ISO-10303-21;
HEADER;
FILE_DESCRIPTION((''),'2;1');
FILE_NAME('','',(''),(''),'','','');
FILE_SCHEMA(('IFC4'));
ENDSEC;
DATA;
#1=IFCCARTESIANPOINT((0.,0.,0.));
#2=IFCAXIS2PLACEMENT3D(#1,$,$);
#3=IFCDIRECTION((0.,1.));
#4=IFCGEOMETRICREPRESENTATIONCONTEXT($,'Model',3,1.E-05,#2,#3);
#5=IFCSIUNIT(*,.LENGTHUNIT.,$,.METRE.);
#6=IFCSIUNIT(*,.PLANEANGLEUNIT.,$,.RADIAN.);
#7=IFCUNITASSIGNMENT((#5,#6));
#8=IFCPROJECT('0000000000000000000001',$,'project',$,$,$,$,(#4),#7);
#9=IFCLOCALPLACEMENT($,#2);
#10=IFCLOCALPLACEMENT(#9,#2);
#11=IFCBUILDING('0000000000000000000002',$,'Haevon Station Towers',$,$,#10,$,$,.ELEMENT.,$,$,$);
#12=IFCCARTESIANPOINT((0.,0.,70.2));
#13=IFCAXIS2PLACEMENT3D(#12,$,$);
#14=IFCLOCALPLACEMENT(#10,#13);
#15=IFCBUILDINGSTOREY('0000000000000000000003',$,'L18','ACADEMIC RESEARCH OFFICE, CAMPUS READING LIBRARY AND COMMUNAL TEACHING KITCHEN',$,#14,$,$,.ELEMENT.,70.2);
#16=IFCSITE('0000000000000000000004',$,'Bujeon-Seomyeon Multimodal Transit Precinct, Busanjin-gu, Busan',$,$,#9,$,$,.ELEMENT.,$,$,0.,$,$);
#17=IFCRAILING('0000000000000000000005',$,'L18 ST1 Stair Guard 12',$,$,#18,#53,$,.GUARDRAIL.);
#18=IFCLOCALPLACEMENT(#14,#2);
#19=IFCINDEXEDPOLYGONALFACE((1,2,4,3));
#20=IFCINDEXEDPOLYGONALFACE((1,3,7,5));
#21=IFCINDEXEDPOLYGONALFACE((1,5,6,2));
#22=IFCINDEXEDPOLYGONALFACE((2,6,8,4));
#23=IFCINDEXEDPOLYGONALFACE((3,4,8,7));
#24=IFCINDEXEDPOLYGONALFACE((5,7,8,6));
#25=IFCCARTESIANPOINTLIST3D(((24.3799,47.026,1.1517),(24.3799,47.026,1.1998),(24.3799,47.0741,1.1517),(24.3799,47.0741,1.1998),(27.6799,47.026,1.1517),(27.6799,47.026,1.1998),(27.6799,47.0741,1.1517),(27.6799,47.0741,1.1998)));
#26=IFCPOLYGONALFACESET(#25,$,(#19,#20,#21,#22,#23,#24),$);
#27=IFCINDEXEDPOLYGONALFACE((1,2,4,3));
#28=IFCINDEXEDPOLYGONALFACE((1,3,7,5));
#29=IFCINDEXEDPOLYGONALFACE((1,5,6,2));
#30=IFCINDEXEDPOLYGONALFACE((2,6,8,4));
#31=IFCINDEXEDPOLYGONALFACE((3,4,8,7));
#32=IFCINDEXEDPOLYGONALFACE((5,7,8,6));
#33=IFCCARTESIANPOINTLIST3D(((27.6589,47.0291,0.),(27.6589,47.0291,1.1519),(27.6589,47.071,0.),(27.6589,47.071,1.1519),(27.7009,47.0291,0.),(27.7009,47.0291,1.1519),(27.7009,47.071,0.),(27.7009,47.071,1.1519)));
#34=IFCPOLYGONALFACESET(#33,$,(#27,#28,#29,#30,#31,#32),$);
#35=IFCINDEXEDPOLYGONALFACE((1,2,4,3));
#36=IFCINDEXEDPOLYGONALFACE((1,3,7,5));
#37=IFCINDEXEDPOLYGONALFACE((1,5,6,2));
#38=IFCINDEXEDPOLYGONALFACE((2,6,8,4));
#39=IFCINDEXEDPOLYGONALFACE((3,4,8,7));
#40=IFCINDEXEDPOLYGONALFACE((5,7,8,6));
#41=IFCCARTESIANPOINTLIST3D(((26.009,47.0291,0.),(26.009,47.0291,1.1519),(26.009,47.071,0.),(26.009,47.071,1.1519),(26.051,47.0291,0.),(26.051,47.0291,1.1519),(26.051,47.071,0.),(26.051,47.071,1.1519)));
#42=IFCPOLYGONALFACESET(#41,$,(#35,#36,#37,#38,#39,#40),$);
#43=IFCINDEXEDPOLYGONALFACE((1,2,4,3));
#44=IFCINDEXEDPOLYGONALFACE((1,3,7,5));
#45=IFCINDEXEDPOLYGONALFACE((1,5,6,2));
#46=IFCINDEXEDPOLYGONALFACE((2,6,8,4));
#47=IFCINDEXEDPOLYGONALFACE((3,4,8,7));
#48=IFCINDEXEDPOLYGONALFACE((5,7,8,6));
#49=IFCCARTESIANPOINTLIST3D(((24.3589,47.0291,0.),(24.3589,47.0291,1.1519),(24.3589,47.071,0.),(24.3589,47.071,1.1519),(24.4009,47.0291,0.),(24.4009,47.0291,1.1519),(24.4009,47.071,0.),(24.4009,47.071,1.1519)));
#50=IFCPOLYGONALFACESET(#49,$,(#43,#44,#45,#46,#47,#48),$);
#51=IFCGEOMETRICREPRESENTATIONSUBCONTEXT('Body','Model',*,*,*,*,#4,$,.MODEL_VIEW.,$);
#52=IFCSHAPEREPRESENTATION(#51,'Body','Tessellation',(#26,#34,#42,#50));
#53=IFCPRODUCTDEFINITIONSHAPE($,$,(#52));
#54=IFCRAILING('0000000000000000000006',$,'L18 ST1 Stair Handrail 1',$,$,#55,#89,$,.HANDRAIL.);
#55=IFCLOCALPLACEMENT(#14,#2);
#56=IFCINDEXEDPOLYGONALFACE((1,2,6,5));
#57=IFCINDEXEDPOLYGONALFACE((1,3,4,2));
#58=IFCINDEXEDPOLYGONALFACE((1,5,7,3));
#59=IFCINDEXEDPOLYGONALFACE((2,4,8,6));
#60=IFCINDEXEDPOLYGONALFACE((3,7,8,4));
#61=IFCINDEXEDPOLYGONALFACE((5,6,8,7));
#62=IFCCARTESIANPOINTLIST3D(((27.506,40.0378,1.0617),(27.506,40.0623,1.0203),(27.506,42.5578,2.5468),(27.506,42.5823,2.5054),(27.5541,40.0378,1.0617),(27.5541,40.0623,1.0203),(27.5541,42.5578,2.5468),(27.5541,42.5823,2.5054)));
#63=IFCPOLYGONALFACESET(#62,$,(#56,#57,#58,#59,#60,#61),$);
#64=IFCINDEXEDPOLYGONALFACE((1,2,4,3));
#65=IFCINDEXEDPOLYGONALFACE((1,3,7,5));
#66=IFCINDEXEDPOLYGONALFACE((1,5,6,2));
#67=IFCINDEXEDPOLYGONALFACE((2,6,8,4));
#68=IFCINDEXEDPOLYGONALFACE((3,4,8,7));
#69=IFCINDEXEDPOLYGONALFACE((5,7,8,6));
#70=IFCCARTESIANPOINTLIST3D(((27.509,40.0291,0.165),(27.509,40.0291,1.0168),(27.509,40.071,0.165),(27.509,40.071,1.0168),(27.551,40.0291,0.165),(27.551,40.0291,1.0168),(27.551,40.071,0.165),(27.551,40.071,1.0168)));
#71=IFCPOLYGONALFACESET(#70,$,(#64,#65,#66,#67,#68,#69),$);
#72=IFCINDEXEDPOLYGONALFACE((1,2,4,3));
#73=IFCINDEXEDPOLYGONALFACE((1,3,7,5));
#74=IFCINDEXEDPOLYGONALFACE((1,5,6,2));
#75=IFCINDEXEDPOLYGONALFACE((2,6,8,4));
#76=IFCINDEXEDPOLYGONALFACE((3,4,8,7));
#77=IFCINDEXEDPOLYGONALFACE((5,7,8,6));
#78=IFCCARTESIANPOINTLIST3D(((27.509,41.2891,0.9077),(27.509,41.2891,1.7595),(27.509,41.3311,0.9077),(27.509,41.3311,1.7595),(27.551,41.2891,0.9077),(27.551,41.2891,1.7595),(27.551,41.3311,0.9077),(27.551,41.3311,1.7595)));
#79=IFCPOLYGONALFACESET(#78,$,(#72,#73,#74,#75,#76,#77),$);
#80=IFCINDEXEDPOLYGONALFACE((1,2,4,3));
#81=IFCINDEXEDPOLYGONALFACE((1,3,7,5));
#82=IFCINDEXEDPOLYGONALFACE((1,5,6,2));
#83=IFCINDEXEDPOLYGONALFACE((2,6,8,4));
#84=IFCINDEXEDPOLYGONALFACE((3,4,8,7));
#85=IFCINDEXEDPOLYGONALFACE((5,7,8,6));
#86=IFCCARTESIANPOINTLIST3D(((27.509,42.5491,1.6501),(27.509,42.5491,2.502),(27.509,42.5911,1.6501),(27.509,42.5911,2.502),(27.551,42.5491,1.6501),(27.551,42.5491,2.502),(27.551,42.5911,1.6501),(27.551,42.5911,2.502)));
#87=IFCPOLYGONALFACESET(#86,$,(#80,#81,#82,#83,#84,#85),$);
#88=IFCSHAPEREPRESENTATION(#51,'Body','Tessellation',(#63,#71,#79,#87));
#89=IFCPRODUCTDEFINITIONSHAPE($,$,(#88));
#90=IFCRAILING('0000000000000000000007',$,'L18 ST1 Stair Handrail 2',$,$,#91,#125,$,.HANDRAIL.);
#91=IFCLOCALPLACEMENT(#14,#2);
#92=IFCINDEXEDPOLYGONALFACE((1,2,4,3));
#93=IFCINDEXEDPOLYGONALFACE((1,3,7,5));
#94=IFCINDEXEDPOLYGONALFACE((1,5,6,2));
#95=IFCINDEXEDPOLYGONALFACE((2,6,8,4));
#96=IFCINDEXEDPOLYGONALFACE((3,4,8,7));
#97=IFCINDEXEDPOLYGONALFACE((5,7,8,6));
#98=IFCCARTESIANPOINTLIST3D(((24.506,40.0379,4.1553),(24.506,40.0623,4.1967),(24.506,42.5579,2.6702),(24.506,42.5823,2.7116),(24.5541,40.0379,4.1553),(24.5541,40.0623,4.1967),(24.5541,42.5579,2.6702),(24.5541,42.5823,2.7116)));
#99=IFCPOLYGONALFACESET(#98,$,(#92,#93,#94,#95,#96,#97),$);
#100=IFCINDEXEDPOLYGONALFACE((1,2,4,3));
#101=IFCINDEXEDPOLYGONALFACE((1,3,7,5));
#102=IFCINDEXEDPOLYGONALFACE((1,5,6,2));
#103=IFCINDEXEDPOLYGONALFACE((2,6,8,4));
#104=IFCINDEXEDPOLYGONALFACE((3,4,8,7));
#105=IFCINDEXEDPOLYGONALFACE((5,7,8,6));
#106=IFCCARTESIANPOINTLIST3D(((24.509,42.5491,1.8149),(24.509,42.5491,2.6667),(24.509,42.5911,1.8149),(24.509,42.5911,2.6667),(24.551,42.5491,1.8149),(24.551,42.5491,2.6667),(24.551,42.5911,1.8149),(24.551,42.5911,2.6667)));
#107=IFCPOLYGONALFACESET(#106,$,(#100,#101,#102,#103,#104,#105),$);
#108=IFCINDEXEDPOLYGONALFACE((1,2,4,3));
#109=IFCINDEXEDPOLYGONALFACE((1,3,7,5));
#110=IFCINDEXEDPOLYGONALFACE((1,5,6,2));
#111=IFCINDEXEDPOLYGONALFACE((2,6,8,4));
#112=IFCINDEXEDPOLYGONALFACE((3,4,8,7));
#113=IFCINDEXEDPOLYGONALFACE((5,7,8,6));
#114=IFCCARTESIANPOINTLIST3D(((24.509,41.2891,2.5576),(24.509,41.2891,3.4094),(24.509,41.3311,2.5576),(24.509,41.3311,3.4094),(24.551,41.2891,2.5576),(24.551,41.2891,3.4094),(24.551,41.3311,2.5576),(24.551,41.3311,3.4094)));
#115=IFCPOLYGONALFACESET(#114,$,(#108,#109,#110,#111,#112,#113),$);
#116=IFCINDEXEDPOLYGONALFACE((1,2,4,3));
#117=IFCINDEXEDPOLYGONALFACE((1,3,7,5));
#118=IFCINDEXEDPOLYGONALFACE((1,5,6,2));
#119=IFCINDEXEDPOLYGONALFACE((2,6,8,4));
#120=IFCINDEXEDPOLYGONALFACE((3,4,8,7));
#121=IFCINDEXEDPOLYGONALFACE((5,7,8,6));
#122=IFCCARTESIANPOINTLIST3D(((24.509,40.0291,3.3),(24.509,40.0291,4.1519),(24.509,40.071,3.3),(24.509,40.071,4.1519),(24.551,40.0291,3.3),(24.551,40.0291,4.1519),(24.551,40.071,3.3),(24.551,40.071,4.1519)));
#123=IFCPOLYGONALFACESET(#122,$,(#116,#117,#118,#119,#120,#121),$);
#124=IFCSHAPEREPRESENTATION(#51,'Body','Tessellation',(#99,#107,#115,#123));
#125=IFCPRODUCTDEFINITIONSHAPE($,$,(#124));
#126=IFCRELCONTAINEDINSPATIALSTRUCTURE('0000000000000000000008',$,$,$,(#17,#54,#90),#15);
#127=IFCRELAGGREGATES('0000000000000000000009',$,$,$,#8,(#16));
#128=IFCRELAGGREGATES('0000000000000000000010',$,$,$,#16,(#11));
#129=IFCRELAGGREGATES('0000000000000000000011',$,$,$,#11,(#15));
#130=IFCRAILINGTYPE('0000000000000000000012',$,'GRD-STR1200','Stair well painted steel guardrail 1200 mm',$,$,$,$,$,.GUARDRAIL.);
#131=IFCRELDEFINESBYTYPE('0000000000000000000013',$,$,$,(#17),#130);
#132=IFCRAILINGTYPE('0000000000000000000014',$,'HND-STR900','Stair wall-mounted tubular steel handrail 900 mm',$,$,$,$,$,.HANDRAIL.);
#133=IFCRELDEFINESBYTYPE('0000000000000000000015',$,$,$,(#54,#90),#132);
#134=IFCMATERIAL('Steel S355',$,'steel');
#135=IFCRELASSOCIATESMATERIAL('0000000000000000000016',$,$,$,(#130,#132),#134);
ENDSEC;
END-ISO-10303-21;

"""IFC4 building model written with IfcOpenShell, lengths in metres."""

from ifc_helpers import new_model, si_unit, direction, frame, origin, origin_2d, place, context, subcontext, project, spatial, rectangle, extrude, material, type_object, element, save


model = new_model("IFC4")

# Units and contexts
model_context = context("Model", 3, precision=1e-05, world=origin(), true_north=direction((0.0, 1.0)))
body_context = subcontext(model_context, "Body", "Model", "MODEL_VIEW")
ifc_project = project(units=[si_unit("LENGTHUNIT", "METRE"), si_unit("PLANEANGLEUNIT", "RADIAN")], contexts=[model_context])

# Site, building, storey
site_placement = place(None, origin())
site = spatial("IfcSite", under=ifc_project, at=site_placement, Name="Bujeon-Seomyeon Multimodal Transit Precinct, Busanjin-gu, Busan", CompositionType="ELEMENT", RefElevation=0.0)
building_placement = place(site_placement, origin())
building = spatial("IfcBuilding", under=site, at=building_placement, Name="Haevon Station Towers", CompositionType="ELEMENT")
storey_placement = place(building_placement, frame((0.0, 0.0, 70.2)))
storey = spatial("IfcBuildingStorey", under=building, at=storey_placement, Name="L18", Description="ACADEMIC RESEARCH OFFICE, CAMPUS READING LIBRARY AND COMMUNAL TEACHING KITCHEN", CompositionType="ELEMENT", Elevation=70.2)

# Shared definitions
ifc_material_1 = material(Name="Steel S355", Category="steel")

# Railings
railing_type_1 = type_object("IfcRailingType", Name="GRD-STR1200", Description="Stair well painted steel guardrail 1200 mm", PredefinedType="GUARDRAIL", material=ifc_material_1)
railing_1_placement = place(storey_placement, frame((27.6799, 47.05, 0.0)))
element("IfcRailing", 1, at=railing_1_placement, inside=storey, type_object=railing_type_1, Name="L18 ST1 Stair Guard 12", PredefinedType="GUARDRAIL", context=body_context, shape_type="SweptSolid", body=[
    extrude(rectangle(XDim=0.0481, YDim=0.0481, at=origin_2d()), frame((0.0, 0.0, 1.1758), z_axis=(-1.0, 0.0, 0.0), x_axis=(0.0, -1.0, 0.0)), (0.0, 0.0, 1.0), 3.3),
    extrude(rectangle(XDim=0.042, YDim=0.042, at=origin_2d()), origin(), (0.0, 0.0, 1.0), 1.1519),
    extrude(rectangle(XDim=0.042, YDim=0.042, at=origin_2d()), frame((-1.6499, 0.0, 0.0)), (0.0, 0.0, 1.0), 1.1519),
    extrude(rectangle(XDim=0.042, YDim=0.042, at=origin_2d()), frame((-3.3, 0.0, 0.0)), (0.0, 0.0, 1.0), 1.1519),
])
railing_type_2 = type_object("IfcRailingType", Name="HND-STR900", Description="Stair wall-mounted tubular steel handrail 900 mm", PredefinedType="HANDRAIL", material=ifc_material_1)
railing_2_placement = place(storey_placement, frame((27.53, 40.05, 0.165)))
element("IfcRailing", 2, at=railing_2_placement, inside=storey, type_object=railing_type_2, Name="L18 ST1 Stair Handrail 1", PredefinedType="HANDRAIL", context=body_context, shape_type="SweptSolid", body=[
    extrude(rectangle(XDim=0.0481, YDim=0.0481, at=origin_2d()), frame((0.0, 0.0, 0.876), z_axis=(0.0, 0.861524, 0.507717), x_axis=(-1.0, 0.0, 0.0)), (0.0, 0.0, 1.0), 2.925),
    extrude(rectangle(XDim=0.042, YDim=0.042, at=origin_2d()), origin(), (0.0, 0.0, 1.0), 0.8518),
    extrude(rectangle(XDim=0.042, YDim=0.042, at=origin_2d()), frame((0.0, 1.26, 0.7427)), (0.0, 0.0, 1.0), 0.8518),
    extrude(rectangle(XDim=0.042, YDim=0.042, at=origin_2d()), frame((0.0, 2.52, 1.4851)), (0.0, 0.0, 1.0), 0.8518),
])
railing_3_placement = place(storey_placement, frame((24.53, 42.5701, 1.8149)))
element("IfcRailing", 3, at=railing_3_placement, inside=storey, type_object=railing_type_2, Name="L18 ST1 Stair Handrail 2", PredefinedType="HANDRAIL", context=body_context, shape_type="SweptSolid", body=[
    extrude(rectangle(XDim=0.0481, YDim=0.0481, at=origin_2d()), frame((0.0, 0.0, 0.876), z_axis=(0.0, -0.861524, 0.507717), x_axis=(1.0, 0.0, 0.0)), (0.0, 0.0, 1.0), 2.925),
    extrude(rectangle(XDim=0.042, YDim=0.042, at=origin_2d()), origin(), (0.0, 0.0, 1.0), 0.8518),
    extrude(rectangle(XDim=0.042, YDim=0.042, at=origin_2d()), frame((0.0, -1.26, 0.7427)), (0.0, 0.0, 1.0), 0.8518),
    extrude(rectangle(XDim=0.042, YDim=0.042, at=origin_2d()), frame((0.0, -2.52, 1.4851)), (0.0, 0.0, 1.0), 0.8518),
])

save(model, "model.ifc")
